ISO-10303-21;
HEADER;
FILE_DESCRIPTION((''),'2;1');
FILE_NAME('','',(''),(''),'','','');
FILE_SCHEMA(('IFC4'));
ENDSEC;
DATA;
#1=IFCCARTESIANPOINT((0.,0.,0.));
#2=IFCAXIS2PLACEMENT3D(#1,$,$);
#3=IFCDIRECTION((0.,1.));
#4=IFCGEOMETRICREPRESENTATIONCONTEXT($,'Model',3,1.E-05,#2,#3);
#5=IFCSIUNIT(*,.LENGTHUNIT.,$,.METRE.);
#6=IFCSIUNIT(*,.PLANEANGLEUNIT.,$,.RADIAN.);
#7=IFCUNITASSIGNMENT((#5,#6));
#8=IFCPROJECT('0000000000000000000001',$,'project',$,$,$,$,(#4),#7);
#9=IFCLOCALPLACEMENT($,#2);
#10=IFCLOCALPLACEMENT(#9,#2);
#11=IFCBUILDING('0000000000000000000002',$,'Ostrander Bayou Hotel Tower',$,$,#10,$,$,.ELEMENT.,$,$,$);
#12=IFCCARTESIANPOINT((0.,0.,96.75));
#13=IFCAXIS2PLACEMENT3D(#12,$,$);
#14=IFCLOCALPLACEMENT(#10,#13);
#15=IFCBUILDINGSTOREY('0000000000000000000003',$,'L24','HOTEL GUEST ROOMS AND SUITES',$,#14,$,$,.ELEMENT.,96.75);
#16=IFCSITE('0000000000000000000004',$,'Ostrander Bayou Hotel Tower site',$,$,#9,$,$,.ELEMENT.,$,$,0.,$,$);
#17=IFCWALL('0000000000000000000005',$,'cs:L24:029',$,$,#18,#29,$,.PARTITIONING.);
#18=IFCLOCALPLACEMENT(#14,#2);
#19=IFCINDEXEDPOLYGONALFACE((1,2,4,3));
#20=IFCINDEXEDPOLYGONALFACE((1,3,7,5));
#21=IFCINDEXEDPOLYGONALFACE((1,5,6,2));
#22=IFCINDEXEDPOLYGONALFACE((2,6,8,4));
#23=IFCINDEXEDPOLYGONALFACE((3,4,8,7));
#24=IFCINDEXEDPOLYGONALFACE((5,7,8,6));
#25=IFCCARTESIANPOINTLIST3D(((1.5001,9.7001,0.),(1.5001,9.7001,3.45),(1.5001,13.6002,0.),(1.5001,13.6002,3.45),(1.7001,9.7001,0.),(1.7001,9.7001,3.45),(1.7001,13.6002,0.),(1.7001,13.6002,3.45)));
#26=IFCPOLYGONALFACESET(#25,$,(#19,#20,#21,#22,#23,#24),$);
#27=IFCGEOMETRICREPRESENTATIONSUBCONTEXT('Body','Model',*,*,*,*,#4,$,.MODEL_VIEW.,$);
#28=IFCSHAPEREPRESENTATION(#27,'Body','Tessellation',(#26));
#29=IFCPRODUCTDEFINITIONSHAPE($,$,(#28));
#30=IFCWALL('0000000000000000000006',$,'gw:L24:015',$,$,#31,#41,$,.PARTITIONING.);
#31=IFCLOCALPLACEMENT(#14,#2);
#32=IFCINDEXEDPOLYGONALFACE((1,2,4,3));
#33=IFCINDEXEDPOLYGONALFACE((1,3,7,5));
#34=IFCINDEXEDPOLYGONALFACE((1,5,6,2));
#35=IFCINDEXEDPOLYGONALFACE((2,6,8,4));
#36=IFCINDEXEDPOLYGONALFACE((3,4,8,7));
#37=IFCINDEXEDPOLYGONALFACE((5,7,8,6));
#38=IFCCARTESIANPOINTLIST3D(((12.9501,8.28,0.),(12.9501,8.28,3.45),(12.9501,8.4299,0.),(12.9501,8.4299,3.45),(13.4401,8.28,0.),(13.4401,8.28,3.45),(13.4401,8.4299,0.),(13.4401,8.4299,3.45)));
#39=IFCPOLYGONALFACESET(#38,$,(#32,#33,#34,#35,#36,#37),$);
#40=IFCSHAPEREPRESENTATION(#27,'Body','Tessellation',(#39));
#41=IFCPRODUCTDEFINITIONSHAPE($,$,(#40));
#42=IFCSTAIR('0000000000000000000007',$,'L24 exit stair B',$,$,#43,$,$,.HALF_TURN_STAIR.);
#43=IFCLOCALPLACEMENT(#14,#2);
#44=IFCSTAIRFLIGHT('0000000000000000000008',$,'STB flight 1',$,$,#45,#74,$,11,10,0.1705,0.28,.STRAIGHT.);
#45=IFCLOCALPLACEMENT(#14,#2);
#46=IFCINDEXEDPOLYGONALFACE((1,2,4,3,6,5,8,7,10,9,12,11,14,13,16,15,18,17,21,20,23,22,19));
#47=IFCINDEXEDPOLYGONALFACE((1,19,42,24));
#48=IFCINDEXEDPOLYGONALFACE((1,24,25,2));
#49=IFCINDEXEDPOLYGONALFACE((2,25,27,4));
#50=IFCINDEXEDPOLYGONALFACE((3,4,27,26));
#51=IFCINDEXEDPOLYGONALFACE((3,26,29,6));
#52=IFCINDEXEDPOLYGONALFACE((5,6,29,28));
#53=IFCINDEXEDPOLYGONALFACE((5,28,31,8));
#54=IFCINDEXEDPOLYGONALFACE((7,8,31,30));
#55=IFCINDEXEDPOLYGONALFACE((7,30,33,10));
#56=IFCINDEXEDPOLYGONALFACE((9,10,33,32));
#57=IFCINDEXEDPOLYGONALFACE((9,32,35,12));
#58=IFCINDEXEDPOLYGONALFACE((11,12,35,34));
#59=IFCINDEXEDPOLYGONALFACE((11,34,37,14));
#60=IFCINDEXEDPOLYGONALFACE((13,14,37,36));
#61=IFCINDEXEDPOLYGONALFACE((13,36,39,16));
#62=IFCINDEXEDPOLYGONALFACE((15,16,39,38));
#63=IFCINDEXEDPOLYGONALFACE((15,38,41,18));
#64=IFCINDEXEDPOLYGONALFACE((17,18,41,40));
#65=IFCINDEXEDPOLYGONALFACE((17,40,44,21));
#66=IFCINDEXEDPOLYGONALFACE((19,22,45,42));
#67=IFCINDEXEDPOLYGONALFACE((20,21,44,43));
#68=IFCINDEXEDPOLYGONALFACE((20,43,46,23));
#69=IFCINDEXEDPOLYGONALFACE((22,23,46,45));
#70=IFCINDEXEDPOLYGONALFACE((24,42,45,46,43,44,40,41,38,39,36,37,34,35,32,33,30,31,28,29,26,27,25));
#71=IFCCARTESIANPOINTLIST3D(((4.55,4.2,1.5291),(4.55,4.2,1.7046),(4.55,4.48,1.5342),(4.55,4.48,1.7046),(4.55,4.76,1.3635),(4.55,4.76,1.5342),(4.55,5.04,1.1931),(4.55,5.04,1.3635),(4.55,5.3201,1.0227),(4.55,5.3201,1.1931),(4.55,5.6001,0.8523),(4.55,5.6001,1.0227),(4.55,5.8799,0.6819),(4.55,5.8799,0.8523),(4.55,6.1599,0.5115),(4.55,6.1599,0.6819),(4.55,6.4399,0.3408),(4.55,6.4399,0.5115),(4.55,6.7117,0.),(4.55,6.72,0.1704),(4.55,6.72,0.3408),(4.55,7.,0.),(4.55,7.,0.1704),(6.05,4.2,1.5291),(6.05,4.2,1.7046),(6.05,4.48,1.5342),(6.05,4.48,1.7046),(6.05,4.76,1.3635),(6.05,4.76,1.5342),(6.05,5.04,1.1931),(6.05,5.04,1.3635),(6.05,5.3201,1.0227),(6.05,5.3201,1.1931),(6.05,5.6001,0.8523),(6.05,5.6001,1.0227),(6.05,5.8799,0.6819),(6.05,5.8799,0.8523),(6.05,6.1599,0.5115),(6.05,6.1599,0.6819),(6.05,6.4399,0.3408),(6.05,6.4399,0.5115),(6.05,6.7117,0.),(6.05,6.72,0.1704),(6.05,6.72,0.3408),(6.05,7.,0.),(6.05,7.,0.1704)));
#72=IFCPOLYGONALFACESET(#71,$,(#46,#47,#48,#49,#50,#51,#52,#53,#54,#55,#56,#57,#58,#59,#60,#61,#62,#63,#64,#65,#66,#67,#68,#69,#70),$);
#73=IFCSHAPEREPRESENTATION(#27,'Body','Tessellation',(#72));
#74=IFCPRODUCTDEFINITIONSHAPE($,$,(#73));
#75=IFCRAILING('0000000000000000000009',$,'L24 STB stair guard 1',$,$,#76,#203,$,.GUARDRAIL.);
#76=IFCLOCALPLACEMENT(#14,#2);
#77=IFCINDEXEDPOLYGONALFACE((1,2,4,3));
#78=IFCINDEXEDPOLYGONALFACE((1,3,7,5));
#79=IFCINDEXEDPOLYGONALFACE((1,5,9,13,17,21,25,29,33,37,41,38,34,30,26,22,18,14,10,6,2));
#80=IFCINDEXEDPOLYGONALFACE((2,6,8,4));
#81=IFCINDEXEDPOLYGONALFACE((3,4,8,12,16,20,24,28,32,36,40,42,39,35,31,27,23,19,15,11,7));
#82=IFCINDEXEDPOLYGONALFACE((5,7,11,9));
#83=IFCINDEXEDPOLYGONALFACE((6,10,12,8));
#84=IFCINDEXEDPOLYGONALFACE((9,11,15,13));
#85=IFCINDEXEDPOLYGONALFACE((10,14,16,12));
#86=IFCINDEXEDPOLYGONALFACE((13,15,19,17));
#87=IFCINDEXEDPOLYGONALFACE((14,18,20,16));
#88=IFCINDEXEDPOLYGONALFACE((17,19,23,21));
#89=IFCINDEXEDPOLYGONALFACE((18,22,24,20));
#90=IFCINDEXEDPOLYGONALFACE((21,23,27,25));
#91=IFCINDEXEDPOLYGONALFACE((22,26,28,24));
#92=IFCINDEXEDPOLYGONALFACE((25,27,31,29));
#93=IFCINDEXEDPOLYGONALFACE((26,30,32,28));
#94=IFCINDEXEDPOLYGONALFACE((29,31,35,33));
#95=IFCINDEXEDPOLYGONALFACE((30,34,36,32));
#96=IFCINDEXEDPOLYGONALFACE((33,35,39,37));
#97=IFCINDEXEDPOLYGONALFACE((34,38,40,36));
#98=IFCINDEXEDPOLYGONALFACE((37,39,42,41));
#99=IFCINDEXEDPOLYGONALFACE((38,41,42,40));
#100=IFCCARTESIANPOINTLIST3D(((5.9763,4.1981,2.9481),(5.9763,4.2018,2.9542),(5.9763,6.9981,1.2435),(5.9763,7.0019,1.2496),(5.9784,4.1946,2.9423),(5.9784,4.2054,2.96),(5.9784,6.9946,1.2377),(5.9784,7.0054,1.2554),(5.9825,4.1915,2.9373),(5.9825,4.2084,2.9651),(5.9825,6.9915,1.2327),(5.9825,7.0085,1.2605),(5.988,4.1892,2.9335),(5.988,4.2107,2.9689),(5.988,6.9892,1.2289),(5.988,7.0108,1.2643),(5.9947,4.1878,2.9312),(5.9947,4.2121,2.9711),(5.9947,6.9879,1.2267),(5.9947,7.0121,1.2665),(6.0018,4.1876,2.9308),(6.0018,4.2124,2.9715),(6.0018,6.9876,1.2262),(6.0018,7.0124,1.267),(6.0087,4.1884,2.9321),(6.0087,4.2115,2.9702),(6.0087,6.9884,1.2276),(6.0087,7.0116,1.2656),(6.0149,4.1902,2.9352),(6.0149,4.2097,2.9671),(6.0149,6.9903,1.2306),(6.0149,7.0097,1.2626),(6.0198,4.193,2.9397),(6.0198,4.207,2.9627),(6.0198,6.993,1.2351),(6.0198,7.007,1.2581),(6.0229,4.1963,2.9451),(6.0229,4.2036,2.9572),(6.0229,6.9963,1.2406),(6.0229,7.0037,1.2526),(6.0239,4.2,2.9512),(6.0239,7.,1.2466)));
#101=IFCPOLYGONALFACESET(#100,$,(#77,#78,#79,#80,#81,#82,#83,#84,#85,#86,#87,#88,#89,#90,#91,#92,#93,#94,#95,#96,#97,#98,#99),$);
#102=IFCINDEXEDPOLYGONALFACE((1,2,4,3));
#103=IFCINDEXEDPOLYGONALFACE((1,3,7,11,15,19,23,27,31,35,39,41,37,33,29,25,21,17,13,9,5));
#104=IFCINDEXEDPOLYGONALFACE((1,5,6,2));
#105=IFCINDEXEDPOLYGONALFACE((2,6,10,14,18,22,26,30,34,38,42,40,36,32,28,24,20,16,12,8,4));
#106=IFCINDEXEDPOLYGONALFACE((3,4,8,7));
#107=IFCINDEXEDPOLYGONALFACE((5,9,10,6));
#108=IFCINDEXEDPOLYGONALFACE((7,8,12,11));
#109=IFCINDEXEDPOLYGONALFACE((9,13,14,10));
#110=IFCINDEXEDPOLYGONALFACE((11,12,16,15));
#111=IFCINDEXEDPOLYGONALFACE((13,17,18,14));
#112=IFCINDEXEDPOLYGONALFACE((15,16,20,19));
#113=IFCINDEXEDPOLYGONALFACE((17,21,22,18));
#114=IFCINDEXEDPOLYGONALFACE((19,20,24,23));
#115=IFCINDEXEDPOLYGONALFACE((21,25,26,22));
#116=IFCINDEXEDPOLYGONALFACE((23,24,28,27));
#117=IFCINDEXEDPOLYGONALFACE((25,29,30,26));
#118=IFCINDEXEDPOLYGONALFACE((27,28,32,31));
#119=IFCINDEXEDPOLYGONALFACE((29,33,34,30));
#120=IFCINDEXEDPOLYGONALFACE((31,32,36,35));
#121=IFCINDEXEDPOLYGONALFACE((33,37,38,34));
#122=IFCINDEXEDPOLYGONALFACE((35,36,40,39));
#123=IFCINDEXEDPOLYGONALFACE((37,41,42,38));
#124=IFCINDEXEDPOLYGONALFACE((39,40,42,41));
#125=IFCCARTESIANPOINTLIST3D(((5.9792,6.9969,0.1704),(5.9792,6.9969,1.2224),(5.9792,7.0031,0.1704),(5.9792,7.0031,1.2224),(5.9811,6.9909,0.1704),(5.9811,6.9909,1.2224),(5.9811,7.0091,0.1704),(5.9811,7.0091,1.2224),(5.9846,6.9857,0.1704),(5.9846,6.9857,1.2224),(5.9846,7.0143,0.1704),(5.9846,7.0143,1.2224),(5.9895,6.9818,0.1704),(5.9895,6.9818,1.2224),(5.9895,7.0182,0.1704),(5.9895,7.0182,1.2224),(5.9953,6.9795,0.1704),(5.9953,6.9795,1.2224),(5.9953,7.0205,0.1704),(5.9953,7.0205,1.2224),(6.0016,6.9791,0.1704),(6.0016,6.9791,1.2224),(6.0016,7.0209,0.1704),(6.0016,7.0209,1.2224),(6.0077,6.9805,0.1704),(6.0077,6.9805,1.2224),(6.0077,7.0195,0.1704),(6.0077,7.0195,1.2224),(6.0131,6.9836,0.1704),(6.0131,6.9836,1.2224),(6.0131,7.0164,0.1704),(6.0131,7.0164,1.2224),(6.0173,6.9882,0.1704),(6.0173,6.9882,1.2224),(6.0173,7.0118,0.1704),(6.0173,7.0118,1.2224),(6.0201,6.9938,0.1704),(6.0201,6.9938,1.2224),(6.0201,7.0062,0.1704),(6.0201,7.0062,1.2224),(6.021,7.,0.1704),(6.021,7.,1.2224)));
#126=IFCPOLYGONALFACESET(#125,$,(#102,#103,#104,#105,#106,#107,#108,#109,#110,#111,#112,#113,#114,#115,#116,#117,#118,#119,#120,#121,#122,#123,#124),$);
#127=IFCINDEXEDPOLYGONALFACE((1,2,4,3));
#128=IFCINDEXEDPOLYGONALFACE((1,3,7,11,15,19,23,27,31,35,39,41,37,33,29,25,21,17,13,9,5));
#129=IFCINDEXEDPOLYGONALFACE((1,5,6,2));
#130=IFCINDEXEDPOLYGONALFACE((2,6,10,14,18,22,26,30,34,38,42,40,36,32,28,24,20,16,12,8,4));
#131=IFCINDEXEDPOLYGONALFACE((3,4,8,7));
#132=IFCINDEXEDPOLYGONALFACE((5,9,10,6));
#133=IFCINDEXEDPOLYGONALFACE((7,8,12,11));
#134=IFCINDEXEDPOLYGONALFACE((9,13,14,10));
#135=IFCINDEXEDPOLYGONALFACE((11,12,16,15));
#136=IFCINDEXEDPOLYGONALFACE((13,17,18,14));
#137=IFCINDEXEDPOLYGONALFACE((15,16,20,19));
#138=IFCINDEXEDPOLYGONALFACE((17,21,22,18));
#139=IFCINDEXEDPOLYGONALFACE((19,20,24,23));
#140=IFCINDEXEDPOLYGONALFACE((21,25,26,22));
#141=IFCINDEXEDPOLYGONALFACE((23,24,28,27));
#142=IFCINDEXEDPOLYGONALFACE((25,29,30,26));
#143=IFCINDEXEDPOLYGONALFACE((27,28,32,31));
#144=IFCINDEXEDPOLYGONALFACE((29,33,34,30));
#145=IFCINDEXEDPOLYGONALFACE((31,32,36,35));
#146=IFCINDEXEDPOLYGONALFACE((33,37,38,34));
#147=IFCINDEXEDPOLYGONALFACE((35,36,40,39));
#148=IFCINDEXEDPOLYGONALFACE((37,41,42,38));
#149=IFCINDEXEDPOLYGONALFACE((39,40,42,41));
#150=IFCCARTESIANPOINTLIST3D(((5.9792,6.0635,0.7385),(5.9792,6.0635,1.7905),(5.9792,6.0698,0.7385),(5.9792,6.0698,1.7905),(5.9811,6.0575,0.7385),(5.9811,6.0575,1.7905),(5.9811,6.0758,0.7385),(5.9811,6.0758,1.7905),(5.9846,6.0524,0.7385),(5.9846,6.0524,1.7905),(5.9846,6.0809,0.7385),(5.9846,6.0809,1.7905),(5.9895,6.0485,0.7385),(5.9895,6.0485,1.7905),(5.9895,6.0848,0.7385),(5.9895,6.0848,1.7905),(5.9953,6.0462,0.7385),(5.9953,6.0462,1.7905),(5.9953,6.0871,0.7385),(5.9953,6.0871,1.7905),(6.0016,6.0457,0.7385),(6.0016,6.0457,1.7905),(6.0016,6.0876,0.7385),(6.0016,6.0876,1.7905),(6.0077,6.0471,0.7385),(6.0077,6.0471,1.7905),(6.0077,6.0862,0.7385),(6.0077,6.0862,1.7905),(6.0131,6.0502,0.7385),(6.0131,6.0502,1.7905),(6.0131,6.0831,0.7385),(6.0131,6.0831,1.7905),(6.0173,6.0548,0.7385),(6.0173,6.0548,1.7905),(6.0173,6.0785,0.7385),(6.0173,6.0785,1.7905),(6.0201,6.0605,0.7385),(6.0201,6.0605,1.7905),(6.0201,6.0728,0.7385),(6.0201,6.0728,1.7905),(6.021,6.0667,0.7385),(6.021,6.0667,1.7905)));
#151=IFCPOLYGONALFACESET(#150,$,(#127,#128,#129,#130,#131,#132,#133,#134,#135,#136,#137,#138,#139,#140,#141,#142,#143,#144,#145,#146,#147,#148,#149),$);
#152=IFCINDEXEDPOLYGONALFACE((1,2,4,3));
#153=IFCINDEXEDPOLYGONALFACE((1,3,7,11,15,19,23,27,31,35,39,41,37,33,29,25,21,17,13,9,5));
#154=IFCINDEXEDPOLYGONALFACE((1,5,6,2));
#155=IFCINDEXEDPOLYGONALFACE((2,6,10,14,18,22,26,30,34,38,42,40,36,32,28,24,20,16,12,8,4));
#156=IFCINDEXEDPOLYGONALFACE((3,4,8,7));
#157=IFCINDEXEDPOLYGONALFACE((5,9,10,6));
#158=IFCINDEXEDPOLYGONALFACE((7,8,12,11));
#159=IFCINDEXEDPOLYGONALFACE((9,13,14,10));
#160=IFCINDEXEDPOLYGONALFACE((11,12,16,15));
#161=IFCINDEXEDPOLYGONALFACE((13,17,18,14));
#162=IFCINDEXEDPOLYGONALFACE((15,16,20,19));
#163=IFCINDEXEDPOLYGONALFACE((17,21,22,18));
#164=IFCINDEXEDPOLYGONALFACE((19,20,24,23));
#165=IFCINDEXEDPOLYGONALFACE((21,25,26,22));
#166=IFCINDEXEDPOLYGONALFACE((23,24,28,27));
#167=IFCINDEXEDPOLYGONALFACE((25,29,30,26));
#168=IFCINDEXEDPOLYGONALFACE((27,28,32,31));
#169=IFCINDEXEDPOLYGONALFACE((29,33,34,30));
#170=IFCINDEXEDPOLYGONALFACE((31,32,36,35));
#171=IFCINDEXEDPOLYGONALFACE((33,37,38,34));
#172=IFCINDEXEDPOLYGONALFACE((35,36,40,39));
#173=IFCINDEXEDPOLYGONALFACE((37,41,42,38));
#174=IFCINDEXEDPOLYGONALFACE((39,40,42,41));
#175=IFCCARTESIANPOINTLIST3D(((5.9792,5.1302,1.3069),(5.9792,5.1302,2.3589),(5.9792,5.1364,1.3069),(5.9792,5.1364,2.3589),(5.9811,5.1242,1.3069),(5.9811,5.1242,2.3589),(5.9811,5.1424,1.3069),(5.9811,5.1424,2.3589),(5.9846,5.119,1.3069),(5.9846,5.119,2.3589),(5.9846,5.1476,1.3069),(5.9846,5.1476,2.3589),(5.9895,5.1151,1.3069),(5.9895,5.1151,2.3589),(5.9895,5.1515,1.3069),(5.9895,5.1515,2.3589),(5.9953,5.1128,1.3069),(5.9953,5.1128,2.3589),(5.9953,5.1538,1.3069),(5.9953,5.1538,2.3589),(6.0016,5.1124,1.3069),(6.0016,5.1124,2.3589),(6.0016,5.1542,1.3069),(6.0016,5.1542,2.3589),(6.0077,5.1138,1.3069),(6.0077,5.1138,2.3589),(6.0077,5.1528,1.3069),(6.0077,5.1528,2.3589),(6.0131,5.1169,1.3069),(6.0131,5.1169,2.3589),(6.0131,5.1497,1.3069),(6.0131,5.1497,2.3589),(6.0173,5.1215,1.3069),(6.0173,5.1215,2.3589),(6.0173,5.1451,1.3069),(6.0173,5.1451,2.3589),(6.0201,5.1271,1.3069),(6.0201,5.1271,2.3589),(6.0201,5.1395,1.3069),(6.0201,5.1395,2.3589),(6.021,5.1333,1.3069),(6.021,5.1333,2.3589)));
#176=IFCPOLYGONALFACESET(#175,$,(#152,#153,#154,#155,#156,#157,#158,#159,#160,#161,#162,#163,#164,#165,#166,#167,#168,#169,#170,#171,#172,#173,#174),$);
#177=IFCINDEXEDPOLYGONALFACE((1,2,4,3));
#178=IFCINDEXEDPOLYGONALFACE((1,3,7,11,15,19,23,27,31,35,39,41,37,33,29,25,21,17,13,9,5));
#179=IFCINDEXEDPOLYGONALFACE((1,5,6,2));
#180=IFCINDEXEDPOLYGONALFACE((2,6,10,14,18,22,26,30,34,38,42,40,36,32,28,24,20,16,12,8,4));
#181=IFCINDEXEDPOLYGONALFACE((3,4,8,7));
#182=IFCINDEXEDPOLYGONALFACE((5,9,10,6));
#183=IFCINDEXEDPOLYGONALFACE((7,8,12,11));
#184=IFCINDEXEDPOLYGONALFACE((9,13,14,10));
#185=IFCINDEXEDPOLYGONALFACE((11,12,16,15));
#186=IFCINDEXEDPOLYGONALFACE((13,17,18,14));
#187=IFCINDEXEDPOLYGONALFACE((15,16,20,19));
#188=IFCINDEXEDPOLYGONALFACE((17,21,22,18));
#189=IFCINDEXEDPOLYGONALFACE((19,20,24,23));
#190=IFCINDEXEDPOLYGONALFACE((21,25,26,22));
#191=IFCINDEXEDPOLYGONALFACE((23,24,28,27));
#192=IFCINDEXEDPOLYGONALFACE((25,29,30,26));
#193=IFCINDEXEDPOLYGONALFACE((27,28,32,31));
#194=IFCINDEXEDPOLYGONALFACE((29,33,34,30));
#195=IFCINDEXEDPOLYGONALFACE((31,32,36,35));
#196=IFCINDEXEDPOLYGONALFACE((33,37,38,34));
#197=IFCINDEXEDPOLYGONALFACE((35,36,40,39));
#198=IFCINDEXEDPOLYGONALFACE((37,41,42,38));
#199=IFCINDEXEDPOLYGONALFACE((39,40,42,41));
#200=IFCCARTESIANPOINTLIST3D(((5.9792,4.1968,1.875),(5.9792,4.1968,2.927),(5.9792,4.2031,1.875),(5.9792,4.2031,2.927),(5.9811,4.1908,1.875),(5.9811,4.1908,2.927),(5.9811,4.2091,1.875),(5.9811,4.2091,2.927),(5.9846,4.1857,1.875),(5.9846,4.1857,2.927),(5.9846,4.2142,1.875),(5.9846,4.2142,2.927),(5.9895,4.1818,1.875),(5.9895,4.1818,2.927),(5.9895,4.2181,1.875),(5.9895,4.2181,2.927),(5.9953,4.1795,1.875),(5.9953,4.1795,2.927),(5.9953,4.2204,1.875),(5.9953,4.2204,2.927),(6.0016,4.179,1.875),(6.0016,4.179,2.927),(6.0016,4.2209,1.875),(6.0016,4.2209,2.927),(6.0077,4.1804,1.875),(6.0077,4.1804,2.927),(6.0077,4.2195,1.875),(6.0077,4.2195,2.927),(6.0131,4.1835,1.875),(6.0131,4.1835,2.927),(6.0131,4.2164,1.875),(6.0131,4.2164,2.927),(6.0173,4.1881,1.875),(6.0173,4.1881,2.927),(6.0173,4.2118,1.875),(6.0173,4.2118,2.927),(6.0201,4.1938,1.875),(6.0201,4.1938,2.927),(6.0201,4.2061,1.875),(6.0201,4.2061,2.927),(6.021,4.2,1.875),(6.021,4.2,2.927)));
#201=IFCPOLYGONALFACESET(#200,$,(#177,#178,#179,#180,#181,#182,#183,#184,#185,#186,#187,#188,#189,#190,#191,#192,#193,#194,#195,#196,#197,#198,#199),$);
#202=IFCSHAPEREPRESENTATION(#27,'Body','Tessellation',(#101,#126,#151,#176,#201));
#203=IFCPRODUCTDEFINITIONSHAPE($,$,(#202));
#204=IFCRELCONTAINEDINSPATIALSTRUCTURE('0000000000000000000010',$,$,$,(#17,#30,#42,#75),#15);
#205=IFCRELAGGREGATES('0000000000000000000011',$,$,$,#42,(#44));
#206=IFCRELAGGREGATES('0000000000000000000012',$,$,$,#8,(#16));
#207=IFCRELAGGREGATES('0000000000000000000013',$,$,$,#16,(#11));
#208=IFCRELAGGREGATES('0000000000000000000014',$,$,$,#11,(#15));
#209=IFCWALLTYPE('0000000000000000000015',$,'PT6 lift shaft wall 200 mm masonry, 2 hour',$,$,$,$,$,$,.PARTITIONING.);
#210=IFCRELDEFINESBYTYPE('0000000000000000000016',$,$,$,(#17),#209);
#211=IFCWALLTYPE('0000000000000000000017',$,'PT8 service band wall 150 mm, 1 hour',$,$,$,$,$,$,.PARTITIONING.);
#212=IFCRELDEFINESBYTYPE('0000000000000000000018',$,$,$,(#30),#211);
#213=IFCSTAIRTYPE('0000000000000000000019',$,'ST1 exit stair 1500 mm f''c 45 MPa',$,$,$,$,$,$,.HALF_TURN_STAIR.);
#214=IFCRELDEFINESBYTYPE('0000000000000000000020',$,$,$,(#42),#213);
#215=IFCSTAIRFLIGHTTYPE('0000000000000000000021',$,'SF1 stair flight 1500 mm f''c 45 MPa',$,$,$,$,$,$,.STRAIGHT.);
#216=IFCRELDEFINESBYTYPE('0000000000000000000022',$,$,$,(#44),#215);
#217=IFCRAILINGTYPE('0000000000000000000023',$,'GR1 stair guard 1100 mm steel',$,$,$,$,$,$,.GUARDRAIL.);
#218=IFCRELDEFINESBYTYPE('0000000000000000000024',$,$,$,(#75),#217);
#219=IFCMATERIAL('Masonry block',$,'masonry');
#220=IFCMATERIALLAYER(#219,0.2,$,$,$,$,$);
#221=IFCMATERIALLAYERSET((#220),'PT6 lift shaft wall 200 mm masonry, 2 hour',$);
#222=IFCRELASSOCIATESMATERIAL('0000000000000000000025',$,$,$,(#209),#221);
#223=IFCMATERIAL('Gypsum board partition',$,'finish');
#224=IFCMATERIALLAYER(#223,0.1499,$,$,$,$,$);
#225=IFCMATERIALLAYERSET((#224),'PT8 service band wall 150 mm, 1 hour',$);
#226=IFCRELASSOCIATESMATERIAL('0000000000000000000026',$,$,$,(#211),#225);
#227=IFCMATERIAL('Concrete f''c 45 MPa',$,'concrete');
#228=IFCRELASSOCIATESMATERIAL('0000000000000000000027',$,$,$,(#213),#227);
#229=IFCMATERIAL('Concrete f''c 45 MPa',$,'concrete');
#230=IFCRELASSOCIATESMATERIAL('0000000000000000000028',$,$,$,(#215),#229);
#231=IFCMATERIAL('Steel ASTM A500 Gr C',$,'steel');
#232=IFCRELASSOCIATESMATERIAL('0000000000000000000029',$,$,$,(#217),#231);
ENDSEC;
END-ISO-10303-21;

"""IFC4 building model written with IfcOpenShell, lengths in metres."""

from ifc_helpers import new_model, si_unit, direction, frame, frame_2d, origin, origin_2d, place, context, subcontext, project, spatial, polyline, rectangle, circle, outline, extrude, material, layer, layer_set, type_object, element, aggregate, save


model = new_model("IFC4")

# Units and contexts
model_context = context("Model", 3, precision=1e-05, world=origin(), true_north=direction((0.0, 1.0)))
body_context = subcontext(model_context, "Body", "Model", "MODEL_VIEW")
ifc_project = project(units=[si_unit("LENGTHUNIT", "METRE"), si_unit("PLANEANGLEUNIT", "RADIAN")], contexts=[model_context])

# Site, building, storey
site_placement = place(None, origin())
site = spatial("IfcSite", under=ifc_project, at=site_placement, Name="Ostrander Bayou Hotel Tower site", CompositionType="ELEMENT", RefElevation=0.0)
building_placement = place(site_placement, origin())
building = spatial("IfcBuilding", under=site, at=building_placement, Name="Ostrander Bayou Hotel Tower", CompositionType="ELEMENT")
storey_placement = place(building_placement, frame((0.0, 0.0, 96.75)))
storey = spatial("IfcBuildingStorey", under=building, at=storey_placement, Name="L24", Description="HOTEL GUEST ROOMS AND SUITES", CompositionType="ELEMENT", Elevation=96.75)

# Walls
ifc_material_1 = material(Name="Masonry block", Category="masonry")
ifc_layer_1 = layer(ifc_material_1, 0.2)
ifc_layer_set_1 = layer_set([ifc_layer_1], Name="PT6 lift shaft wall 200 mm masonry, 2 hour")
wall_type_1 = type_object("IfcWallType", Name="PT6 lift shaft wall 200 mm masonry, 2 hour", PredefinedType="PARTITIONING", material=ifc_layer_set_1)
wall_1_placement = place(storey_placement, frame((1.6001, 9.7, 0.0), z_axis=(0.0, 0.0, 1.0), x_axis=(0.0, 1.0, 0.0)))
element("IfcWall", 1, at=wall_1_placement, inside=storey, type_object=wall_type_1, Name="cs:L24:029", PredefinedType="PARTITIONING", context=body_context, shape_type="SweptSolid", body=[
    extrude(rectangle(XDim=3.9001, YDim=0.2, at=frame_2d((1.9502, 0.0))), origin(), (0.0, 0.0, 1.0), 3.45),
])
ifc_material_2 = material(Name="Gypsum board partition", Category="finish")
ifc_layer_2 = layer(ifc_material_2, 0.1499)
ifc_layer_set_2 = layer_set([ifc_layer_2], Name="PT8 service band wall 150 mm, 1 hour")
wall_type_2 = type_object("IfcWallType", Name="PT8 service band wall 150 mm, 1 hour", PredefinedType="PARTITIONING", material=ifc_layer_set_2)
wall_2_placement = place(storey_placement, frame((12.95, 8.355, 0.0), z_axis=(0.0, 0.0, 1.0), x_axis=(1.0, 0.0, 0.0)))
element("IfcWall", 2, at=wall_2_placement, inside=storey, type_object=wall_type_2, Name="gw:L24:015", PredefinedType="PARTITIONING", context=body_context, shape_type="SweptSolid", body=[
    extrude(rectangle(XDim=0.49, YDim=0.1499, at=frame_2d((0.2451, 0.0))), origin(), (0.0, 0.0, 1.0), 3.45),
])

# Stair, stair flight
ifc_material_3 = material(Name="Concrete f'c 45 MPa", Category="concrete")
stair_type = type_object("IfcStairType", Name="ST1 exit stair 1500 mm f'c 45 MPa", PredefinedType="HALF_TURN_STAIR", material=ifc_material_3)
stair_placement = place(storey_placement, origin())
stair = element("IfcStair", 3, at=stair_placement, inside=storey, type_object=stair_type, Name="L24 exit stair B", PredefinedType="HALF_TURN_STAIR")
ifc_material_4 = material(Name="Concrete f'c 45 MPa", Category="concrete")
stair_flight_type = type_object("IfcStairFlightType", Name="SF1 stair flight 1500 mm f'c 45 MPa", PredefinedType="STRAIGHT", material=ifc_material_4)
stair_flight_placement = place(storey_placement, frame((5.3, 7.0, 0.0), z_axis=(0.0, 0.0, 1.0), x_axis=(0.0, -1.0, 0.0)))
stair_flight = element("IfcStairFlight", 4, at=stair_flight_placement, type_object=stair_flight_type, Name="STB flight 1", NumberOfRisers=11, NumberOfTreads=10, PredefinedType="STRAIGHT", RiserHeight=0.1705, TreadLength=0.28, context=body_context, shape_type="SweptSolid", body=[
    extrude(outline(polyline([(0.0, 0.0), (0.0, 0.1704), (0.28, 0.1704), (0.28, 0.3408), (0.5601, 0.3408), (0.5601, 0.5115), (0.8401, 0.5115), (0.8401, 0.6819), (1.1201, 0.6819), (1.1201, 0.8523), (1.3999, 0.8523), (1.3999, 1.0227), (1.6799, 1.0227), (1.6799, 1.1931), (1.96, 1.1931), (1.96, 1.3635), (2.24, 1.3635), (2.24, 1.5342), (2.52, 1.5342), (2.52, 1.7046), (2.8, 1.7046), (2.8, 1.875), (2.8, 1.5291), (0.2883, 0.0), (0.0, 0.0)])), frame((0.0, 0.75, 0.0), z_axis=(0.0, -1.0, 0.0), x_axis=(1.0, 0.0, 0.0)), (0.0, 0.0, 1.0), 1.5),
])
aggregate(stair, [stair_flight])

# Railing
ifc_material_5 = material(Name="Steel ASTM A500 Gr C", Category="steel")
railing_type_1 = type_object("IfcRailingType", Name="GR1 stair guard 1100 mm steel", PredefinedType="GUARDRAIL", material=ifc_material_5)
railing_1_placement = place(storey_placement, frame((6.0, 7.0, 0.1704)))
element("IfcRailing", 5, at=railing_1_placement, inside=storey, type_object=railing_type_1, Name="L24 STB stair guard 1", PredefinedType="GUARDRAIL", context=body_context, shape_type="SweptSolid", body=[
    extrude(circle(Radius=0.0239, at=origin_2d()), frame((0.0, 0.0, 1.0762), z_axis=(0.0, -0.85417, 0.519994), x_axis=(1.0, 0.0, 0.0)), (0.0, 0.0, 1.0), 3.2781),
    extrude(circle(Radius=0.021, at=origin_2d()), origin(), (0.0, 0.0, 1.0), 1.052),
    extrude(circle(Radius=0.021, at=origin_2d()), frame((0.0, -0.9333, 0.5681)), (0.0, 0.0, 1.0), 1.052),
    extrude(circle(Radius=0.021, at=origin_2d()), frame((0.0, -1.8667, 1.1365)), (0.0, 0.0, 1.0), 1.052),
    extrude(circle(Radius=0.021, at=origin_2d()), frame((0.0, -2.8, 1.7046)), (0.0, 0.0, 1.0), 1.052),
])

save(model, "model.ifc")
